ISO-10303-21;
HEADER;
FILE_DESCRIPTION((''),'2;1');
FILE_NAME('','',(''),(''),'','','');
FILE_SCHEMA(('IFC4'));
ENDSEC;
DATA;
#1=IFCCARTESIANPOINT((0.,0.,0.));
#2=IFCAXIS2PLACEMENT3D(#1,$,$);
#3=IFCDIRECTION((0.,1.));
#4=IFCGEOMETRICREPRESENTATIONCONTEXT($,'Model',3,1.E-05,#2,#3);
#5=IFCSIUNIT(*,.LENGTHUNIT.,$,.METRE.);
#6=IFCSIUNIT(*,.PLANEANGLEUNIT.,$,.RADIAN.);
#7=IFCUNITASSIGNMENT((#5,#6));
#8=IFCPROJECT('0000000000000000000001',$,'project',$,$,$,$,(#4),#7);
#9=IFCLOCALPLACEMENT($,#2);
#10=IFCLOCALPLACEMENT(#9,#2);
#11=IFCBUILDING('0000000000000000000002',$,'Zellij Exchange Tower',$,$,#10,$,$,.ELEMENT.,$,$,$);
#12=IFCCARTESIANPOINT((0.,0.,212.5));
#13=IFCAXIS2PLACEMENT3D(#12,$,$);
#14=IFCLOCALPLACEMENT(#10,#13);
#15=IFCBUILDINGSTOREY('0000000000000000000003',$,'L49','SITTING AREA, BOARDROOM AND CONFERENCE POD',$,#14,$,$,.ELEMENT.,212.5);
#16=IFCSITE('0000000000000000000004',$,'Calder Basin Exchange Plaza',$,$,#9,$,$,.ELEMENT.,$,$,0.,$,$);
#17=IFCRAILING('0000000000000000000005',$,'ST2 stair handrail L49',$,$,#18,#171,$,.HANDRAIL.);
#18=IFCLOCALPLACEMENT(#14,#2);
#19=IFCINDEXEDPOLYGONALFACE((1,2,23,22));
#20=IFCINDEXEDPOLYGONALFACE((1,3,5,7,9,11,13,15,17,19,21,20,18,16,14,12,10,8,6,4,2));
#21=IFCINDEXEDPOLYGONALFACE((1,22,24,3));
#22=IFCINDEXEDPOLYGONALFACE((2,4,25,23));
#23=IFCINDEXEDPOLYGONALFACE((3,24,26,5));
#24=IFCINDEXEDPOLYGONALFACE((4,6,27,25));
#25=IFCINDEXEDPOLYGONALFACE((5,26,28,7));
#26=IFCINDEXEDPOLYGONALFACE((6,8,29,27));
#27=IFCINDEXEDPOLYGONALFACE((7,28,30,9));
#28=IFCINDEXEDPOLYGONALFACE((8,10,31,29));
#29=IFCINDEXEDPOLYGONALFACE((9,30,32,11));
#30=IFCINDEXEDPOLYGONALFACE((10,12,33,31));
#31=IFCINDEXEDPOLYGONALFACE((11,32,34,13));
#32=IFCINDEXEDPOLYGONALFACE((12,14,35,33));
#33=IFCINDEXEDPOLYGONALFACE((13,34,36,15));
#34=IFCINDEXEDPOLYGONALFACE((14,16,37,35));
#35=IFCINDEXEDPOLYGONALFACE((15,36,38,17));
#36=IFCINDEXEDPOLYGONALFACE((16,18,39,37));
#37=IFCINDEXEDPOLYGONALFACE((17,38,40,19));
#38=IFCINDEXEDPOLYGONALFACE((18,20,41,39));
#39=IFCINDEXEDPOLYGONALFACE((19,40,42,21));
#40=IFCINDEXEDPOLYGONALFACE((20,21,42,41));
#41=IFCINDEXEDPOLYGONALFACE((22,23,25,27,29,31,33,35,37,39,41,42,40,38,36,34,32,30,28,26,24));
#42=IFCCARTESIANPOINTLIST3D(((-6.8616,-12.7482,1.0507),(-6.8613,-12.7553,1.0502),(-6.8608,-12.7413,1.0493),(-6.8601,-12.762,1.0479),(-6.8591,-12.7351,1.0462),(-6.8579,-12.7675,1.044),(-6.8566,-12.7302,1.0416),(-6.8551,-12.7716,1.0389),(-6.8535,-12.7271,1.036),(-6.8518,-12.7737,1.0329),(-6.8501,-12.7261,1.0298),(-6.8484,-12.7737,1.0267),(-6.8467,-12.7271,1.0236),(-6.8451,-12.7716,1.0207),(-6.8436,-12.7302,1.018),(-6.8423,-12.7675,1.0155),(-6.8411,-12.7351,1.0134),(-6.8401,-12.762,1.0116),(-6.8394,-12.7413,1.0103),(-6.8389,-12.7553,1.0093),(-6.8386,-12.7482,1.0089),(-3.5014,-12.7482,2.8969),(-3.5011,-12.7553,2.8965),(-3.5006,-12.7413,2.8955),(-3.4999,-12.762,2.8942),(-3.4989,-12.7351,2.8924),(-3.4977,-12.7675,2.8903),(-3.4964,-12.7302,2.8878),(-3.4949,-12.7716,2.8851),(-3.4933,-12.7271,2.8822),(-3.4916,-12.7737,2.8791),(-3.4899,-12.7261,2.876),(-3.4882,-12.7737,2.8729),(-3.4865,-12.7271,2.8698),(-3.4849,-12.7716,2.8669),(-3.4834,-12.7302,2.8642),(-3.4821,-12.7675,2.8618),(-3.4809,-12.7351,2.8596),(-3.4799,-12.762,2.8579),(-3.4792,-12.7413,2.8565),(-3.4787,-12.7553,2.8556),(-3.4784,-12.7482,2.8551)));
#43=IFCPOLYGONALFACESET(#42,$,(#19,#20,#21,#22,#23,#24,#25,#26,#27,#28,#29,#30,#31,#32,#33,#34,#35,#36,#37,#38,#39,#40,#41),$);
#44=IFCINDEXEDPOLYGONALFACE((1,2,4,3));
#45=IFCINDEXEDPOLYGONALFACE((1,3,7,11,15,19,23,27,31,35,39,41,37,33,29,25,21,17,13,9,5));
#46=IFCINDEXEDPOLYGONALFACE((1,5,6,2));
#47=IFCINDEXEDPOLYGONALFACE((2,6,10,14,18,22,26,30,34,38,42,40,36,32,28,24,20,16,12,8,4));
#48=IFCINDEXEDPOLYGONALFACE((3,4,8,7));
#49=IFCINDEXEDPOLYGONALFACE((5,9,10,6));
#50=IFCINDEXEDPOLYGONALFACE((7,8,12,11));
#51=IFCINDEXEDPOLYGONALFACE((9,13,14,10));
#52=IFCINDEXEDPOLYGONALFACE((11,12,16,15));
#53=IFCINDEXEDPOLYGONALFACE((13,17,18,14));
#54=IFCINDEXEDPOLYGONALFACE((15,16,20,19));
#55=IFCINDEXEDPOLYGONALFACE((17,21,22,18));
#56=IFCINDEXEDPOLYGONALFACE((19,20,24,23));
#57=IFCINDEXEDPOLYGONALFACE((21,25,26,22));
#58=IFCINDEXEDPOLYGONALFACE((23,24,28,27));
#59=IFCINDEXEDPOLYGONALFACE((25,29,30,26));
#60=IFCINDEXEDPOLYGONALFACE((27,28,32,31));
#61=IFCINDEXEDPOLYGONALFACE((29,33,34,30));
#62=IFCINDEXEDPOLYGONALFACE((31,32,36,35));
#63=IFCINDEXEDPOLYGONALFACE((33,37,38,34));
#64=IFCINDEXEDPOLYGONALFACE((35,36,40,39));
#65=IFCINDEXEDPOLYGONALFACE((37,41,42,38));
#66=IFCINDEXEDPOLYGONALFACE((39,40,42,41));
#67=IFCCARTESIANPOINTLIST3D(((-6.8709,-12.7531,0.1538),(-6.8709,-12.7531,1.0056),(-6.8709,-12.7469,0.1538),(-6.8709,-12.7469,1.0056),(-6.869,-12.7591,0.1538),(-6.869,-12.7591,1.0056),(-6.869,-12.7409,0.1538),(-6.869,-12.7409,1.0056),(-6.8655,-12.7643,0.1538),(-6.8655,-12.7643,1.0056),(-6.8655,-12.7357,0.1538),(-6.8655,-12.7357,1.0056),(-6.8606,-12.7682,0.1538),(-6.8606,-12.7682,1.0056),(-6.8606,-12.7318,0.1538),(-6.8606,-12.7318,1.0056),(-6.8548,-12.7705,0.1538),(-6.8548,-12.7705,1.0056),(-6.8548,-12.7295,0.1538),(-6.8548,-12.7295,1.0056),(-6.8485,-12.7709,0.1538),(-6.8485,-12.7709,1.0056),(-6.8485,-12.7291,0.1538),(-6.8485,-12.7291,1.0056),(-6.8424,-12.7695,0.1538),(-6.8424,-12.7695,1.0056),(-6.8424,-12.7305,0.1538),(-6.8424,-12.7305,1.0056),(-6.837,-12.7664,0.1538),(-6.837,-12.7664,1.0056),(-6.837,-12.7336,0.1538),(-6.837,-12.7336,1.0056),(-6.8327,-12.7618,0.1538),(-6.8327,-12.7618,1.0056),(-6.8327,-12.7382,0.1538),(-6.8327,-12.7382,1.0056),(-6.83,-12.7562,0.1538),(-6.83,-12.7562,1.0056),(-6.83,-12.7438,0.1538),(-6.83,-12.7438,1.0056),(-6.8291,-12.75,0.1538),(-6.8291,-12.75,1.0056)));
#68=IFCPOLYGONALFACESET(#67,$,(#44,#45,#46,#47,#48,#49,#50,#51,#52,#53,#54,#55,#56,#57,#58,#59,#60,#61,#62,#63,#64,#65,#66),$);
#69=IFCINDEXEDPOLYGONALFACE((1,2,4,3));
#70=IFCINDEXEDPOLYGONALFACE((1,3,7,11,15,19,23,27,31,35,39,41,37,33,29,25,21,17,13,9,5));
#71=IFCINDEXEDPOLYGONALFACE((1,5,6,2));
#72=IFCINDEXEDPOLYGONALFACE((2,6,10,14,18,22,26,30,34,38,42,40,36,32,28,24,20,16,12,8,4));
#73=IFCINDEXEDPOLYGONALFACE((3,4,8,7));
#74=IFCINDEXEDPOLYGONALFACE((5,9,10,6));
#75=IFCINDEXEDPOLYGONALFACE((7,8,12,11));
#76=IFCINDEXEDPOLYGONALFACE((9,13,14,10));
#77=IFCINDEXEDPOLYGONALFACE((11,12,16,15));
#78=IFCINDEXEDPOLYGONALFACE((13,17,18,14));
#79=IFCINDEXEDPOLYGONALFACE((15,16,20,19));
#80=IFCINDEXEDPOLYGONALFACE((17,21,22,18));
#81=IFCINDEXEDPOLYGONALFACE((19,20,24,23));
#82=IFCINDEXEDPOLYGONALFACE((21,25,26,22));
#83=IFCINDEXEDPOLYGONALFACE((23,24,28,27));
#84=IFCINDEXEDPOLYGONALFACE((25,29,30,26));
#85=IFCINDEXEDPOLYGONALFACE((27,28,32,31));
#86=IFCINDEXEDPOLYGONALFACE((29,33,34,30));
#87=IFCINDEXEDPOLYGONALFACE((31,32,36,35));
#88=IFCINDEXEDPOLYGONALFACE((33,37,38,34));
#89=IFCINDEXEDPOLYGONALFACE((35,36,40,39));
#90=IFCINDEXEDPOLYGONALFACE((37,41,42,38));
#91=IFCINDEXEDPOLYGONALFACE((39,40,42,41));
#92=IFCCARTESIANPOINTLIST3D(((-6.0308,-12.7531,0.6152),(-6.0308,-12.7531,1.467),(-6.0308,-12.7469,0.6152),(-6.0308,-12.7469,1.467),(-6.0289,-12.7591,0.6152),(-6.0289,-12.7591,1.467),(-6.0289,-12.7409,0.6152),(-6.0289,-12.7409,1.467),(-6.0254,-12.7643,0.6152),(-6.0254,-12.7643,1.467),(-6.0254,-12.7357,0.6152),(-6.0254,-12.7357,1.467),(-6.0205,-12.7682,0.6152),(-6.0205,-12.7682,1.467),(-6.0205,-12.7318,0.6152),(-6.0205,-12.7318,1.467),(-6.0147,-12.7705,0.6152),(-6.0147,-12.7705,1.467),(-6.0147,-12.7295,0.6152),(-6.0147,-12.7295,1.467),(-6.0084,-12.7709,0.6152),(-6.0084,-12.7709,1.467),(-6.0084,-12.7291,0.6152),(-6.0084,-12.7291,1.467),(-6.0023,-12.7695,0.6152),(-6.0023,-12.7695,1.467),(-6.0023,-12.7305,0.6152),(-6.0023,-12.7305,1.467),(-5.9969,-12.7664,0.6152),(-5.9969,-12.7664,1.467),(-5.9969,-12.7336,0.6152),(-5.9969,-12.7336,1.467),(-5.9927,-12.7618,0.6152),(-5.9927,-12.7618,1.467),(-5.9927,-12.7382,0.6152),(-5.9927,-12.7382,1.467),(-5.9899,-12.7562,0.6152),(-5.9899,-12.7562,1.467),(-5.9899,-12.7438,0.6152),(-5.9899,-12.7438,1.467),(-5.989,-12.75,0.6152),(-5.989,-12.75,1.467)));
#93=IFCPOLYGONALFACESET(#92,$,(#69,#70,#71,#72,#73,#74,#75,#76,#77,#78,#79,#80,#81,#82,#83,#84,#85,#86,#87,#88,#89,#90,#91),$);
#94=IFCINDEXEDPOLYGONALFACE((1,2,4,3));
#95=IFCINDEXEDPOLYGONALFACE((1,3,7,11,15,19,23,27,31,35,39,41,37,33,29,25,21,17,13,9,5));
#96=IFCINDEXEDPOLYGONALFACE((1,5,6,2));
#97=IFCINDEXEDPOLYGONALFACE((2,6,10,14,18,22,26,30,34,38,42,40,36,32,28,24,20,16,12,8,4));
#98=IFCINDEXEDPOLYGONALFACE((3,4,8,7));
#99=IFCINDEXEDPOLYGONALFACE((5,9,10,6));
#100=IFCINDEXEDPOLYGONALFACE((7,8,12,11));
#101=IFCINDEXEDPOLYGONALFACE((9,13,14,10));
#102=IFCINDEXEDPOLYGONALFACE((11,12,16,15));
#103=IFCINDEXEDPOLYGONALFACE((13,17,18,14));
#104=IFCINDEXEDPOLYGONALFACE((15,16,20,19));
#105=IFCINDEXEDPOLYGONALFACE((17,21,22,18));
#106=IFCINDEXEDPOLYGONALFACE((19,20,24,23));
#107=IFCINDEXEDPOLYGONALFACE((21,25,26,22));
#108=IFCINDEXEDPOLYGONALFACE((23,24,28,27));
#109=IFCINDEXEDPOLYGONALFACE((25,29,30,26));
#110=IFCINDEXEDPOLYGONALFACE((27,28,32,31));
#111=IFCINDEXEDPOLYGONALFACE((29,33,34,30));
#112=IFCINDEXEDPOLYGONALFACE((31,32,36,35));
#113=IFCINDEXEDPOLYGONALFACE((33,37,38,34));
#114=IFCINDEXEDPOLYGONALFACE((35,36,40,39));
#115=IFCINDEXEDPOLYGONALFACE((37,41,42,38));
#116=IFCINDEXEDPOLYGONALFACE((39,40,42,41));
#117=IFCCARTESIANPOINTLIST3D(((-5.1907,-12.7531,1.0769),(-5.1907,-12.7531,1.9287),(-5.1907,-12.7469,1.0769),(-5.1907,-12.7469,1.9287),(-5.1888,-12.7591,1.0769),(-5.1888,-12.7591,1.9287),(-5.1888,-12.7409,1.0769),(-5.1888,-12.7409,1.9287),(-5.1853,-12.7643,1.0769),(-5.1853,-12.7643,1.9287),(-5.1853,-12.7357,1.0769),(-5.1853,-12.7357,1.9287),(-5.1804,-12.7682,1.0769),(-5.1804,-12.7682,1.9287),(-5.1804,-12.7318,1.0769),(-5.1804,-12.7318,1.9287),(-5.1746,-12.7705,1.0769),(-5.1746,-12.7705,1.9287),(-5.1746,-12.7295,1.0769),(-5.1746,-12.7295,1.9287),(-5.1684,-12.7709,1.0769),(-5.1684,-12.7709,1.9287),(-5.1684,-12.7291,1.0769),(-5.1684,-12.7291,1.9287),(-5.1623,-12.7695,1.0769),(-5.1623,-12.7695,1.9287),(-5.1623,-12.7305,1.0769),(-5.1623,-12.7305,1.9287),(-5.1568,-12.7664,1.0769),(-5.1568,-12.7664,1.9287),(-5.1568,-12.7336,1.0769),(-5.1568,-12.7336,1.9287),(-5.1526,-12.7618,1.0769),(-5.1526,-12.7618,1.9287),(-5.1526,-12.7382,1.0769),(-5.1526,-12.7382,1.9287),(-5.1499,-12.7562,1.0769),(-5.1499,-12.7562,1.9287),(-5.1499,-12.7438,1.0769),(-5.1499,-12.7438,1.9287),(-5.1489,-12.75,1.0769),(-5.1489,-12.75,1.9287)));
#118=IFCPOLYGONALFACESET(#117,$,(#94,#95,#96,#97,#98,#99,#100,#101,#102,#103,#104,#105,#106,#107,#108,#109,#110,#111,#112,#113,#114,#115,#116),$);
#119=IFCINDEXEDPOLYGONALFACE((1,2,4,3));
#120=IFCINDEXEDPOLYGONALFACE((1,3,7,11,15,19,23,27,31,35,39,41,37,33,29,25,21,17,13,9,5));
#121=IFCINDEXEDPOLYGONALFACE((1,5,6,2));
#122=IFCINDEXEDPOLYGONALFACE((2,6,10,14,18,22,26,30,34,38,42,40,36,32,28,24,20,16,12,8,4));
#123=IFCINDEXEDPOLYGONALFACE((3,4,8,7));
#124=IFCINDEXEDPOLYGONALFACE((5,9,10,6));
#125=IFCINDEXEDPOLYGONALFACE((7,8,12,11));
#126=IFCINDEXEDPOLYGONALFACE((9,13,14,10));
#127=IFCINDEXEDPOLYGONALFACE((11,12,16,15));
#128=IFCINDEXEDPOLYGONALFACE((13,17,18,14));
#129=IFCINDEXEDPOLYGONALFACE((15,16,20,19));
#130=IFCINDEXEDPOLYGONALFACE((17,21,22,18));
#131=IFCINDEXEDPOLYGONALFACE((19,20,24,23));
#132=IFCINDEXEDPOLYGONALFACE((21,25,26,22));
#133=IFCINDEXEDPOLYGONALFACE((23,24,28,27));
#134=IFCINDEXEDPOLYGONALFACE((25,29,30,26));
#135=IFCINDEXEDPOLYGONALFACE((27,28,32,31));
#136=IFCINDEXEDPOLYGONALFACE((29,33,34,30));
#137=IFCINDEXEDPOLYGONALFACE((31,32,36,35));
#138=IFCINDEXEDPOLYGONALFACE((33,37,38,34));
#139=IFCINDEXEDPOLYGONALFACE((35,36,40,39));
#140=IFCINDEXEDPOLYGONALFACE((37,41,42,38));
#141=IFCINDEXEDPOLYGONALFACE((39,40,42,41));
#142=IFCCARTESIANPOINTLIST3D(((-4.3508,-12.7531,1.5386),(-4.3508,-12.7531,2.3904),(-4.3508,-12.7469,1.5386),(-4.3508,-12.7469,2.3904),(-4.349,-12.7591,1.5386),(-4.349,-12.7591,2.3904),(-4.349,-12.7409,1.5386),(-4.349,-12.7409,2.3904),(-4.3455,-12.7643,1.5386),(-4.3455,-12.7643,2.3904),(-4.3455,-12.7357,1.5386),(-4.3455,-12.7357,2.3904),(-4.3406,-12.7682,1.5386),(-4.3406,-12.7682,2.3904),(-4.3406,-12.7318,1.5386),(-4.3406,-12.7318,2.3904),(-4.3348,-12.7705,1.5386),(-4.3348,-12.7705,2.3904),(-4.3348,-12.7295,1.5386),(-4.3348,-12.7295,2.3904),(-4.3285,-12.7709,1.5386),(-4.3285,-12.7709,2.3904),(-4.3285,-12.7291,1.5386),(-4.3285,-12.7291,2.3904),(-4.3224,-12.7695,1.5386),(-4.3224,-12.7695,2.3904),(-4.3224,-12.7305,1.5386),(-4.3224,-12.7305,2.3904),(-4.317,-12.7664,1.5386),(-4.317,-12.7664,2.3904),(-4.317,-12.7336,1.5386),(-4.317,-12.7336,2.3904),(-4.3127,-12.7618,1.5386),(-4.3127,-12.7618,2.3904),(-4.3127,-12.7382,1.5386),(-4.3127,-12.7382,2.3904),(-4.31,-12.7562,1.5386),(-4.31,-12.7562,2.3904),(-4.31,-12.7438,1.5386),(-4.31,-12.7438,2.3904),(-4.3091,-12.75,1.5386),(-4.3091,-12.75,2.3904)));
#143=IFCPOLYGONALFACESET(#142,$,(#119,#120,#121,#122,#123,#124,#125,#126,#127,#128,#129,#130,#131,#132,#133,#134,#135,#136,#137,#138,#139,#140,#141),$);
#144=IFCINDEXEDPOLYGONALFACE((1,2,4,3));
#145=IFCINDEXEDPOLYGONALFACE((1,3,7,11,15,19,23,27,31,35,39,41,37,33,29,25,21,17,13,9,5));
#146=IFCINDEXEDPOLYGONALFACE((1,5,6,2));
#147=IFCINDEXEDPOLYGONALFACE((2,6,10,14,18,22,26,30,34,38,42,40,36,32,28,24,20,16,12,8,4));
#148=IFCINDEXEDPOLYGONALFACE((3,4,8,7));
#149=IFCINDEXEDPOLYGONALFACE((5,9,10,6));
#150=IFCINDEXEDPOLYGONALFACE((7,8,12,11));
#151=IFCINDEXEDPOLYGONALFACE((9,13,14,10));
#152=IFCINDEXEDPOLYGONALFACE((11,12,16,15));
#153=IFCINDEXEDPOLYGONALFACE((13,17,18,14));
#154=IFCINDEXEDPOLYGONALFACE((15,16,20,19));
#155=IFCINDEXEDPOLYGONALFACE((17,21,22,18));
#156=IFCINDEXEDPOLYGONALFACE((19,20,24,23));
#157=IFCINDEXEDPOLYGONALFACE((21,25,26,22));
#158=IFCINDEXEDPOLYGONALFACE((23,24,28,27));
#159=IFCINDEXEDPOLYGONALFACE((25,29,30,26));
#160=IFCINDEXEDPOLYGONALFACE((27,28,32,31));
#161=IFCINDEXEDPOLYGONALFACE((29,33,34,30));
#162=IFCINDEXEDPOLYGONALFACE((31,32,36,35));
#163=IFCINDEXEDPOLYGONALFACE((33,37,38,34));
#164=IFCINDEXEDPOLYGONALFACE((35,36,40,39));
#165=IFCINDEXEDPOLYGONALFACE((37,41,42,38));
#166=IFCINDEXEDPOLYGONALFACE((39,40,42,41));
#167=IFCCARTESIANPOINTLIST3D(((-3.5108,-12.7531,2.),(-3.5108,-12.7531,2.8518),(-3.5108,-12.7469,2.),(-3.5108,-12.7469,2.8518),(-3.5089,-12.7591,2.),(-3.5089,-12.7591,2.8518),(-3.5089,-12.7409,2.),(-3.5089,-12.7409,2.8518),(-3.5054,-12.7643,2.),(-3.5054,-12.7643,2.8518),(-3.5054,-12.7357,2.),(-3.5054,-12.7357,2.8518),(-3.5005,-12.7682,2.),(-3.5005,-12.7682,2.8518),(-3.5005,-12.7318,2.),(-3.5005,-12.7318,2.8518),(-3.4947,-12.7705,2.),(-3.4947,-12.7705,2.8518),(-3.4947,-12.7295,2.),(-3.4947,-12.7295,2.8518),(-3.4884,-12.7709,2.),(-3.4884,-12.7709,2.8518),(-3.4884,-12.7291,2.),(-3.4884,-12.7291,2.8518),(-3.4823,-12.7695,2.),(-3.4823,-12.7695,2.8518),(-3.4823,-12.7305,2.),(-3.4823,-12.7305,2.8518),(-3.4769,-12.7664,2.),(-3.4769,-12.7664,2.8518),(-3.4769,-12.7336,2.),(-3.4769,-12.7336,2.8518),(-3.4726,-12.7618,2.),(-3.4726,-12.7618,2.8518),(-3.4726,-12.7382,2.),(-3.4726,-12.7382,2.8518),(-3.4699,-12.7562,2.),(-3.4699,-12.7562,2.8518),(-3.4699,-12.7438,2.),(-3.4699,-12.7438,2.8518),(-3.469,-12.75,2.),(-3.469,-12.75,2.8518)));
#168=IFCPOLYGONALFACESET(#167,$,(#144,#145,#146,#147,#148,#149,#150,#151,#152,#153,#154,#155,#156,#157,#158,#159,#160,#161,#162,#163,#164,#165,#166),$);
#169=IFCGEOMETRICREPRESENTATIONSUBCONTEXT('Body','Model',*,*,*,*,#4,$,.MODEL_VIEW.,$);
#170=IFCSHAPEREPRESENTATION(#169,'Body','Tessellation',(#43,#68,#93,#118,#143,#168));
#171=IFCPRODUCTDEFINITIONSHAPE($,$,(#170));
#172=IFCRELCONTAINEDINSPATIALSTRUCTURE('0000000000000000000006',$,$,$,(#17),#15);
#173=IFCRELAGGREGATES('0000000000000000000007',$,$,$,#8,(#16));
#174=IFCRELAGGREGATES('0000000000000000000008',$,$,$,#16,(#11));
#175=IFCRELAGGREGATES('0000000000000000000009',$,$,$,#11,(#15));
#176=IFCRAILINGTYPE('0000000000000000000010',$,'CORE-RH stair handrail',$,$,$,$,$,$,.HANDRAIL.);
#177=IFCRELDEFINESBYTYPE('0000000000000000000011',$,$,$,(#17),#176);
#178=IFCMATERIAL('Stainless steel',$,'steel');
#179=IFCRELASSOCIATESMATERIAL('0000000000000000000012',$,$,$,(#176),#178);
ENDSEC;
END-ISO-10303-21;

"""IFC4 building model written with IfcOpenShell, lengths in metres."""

from ifc_helpers import new_model, si_unit, direction, frame, origin, origin_2d, place, context, subcontext, project, spatial, circle, extrude, material, type_object, element, save


model = new_model("IFC4")

# Units and contexts
model_context = context("Model", 3, precision=1e-05, world=origin(), true_north=direction((0.0, 1.0)))
body_context = subcontext(model_context, "Body", "Model", "MODEL_VIEW")
ifc_project = project(units=[si_unit("LENGTHUNIT", "METRE"), si_unit("PLANEANGLEUNIT", "RADIAN")], contexts=[model_context])

# Site, building, storey
site_placement = place(None, origin())
site = spatial("IfcSite", under=ifc_project, at=site_placement, Name="Calder Basin Exchange Plaza", CompositionType="ELEMENT", RefElevation=0.0)
building_placement = place(site_placement, origin())
building = spatial("IfcBuilding", under=site, at=building_placement, Name="Zellij Exchange Tower", CompositionType="ELEMENT")
storey_placement = place(building_placement, frame((0.0, 0.0, 212.5)))
storey = spatial("IfcBuildingStorey", under=building, at=storey_placement, Name="L49", Description="SITTING AREA, BOARDROOM AND CONFERENCE POD", CompositionType="ELEMENT", Elevation=212.5)

# Railing
ifc_material_1 = material(Name="Stainless steel", Category="steel")
railing_type_1 = type_object("IfcRailingType", Name="CORE-RH stair handrail", PredefinedType="HANDRAIL", material=ifc_material_1)
railing_1_placement = place(storey_placement, frame((-6.8501, -12.75, 0.1538)))
element("IfcRailing", 1, at=railing_1_placement, inside=storey, type_object=railing_type_1, Name="ST2 stair handrail L49", PredefinedType="HANDRAIL", context=body_context, shape_type="SweptSolid", body=[
    extrude(circle(Radius=0.0239, at=origin_2d()), frame((0.0, 0.0, 0.876), z_axis=(0.876422, 0.0, 0.481545), x_axis=(0.0, 1.0, 0.0)), (0.0, 0.0, 1.0), 3.834),
    extrude(circle(Radius=0.021, at=origin_2d()), origin(), (0.0, 0.0, 1.0), 0.8518),
    extrude(circle(Radius=0.021, at=origin_2d()), frame((0.8401, 0.0, 0.4614)), (0.0, 0.0, 1.0), 0.8518),
    extrude(circle(Radius=0.021, at=origin_2d()), frame((1.6802, 0.0, 0.9231)), (0.0, 0.0, 1.0), 0.8518),
    extrude(circle(Radius=0.021, at=origin_2d()), frame((2.52, 0.0, 1.3848)), (0.0, 0.0, 1.0), 0.8518),
    extrude(circle(Radius=0.021, at=origin_2d()), frame((3.3601, 0.0, 1.8462)), (0.0, 0.0, 1.0), 0.8518),
])

save(model, "model.ifc")
